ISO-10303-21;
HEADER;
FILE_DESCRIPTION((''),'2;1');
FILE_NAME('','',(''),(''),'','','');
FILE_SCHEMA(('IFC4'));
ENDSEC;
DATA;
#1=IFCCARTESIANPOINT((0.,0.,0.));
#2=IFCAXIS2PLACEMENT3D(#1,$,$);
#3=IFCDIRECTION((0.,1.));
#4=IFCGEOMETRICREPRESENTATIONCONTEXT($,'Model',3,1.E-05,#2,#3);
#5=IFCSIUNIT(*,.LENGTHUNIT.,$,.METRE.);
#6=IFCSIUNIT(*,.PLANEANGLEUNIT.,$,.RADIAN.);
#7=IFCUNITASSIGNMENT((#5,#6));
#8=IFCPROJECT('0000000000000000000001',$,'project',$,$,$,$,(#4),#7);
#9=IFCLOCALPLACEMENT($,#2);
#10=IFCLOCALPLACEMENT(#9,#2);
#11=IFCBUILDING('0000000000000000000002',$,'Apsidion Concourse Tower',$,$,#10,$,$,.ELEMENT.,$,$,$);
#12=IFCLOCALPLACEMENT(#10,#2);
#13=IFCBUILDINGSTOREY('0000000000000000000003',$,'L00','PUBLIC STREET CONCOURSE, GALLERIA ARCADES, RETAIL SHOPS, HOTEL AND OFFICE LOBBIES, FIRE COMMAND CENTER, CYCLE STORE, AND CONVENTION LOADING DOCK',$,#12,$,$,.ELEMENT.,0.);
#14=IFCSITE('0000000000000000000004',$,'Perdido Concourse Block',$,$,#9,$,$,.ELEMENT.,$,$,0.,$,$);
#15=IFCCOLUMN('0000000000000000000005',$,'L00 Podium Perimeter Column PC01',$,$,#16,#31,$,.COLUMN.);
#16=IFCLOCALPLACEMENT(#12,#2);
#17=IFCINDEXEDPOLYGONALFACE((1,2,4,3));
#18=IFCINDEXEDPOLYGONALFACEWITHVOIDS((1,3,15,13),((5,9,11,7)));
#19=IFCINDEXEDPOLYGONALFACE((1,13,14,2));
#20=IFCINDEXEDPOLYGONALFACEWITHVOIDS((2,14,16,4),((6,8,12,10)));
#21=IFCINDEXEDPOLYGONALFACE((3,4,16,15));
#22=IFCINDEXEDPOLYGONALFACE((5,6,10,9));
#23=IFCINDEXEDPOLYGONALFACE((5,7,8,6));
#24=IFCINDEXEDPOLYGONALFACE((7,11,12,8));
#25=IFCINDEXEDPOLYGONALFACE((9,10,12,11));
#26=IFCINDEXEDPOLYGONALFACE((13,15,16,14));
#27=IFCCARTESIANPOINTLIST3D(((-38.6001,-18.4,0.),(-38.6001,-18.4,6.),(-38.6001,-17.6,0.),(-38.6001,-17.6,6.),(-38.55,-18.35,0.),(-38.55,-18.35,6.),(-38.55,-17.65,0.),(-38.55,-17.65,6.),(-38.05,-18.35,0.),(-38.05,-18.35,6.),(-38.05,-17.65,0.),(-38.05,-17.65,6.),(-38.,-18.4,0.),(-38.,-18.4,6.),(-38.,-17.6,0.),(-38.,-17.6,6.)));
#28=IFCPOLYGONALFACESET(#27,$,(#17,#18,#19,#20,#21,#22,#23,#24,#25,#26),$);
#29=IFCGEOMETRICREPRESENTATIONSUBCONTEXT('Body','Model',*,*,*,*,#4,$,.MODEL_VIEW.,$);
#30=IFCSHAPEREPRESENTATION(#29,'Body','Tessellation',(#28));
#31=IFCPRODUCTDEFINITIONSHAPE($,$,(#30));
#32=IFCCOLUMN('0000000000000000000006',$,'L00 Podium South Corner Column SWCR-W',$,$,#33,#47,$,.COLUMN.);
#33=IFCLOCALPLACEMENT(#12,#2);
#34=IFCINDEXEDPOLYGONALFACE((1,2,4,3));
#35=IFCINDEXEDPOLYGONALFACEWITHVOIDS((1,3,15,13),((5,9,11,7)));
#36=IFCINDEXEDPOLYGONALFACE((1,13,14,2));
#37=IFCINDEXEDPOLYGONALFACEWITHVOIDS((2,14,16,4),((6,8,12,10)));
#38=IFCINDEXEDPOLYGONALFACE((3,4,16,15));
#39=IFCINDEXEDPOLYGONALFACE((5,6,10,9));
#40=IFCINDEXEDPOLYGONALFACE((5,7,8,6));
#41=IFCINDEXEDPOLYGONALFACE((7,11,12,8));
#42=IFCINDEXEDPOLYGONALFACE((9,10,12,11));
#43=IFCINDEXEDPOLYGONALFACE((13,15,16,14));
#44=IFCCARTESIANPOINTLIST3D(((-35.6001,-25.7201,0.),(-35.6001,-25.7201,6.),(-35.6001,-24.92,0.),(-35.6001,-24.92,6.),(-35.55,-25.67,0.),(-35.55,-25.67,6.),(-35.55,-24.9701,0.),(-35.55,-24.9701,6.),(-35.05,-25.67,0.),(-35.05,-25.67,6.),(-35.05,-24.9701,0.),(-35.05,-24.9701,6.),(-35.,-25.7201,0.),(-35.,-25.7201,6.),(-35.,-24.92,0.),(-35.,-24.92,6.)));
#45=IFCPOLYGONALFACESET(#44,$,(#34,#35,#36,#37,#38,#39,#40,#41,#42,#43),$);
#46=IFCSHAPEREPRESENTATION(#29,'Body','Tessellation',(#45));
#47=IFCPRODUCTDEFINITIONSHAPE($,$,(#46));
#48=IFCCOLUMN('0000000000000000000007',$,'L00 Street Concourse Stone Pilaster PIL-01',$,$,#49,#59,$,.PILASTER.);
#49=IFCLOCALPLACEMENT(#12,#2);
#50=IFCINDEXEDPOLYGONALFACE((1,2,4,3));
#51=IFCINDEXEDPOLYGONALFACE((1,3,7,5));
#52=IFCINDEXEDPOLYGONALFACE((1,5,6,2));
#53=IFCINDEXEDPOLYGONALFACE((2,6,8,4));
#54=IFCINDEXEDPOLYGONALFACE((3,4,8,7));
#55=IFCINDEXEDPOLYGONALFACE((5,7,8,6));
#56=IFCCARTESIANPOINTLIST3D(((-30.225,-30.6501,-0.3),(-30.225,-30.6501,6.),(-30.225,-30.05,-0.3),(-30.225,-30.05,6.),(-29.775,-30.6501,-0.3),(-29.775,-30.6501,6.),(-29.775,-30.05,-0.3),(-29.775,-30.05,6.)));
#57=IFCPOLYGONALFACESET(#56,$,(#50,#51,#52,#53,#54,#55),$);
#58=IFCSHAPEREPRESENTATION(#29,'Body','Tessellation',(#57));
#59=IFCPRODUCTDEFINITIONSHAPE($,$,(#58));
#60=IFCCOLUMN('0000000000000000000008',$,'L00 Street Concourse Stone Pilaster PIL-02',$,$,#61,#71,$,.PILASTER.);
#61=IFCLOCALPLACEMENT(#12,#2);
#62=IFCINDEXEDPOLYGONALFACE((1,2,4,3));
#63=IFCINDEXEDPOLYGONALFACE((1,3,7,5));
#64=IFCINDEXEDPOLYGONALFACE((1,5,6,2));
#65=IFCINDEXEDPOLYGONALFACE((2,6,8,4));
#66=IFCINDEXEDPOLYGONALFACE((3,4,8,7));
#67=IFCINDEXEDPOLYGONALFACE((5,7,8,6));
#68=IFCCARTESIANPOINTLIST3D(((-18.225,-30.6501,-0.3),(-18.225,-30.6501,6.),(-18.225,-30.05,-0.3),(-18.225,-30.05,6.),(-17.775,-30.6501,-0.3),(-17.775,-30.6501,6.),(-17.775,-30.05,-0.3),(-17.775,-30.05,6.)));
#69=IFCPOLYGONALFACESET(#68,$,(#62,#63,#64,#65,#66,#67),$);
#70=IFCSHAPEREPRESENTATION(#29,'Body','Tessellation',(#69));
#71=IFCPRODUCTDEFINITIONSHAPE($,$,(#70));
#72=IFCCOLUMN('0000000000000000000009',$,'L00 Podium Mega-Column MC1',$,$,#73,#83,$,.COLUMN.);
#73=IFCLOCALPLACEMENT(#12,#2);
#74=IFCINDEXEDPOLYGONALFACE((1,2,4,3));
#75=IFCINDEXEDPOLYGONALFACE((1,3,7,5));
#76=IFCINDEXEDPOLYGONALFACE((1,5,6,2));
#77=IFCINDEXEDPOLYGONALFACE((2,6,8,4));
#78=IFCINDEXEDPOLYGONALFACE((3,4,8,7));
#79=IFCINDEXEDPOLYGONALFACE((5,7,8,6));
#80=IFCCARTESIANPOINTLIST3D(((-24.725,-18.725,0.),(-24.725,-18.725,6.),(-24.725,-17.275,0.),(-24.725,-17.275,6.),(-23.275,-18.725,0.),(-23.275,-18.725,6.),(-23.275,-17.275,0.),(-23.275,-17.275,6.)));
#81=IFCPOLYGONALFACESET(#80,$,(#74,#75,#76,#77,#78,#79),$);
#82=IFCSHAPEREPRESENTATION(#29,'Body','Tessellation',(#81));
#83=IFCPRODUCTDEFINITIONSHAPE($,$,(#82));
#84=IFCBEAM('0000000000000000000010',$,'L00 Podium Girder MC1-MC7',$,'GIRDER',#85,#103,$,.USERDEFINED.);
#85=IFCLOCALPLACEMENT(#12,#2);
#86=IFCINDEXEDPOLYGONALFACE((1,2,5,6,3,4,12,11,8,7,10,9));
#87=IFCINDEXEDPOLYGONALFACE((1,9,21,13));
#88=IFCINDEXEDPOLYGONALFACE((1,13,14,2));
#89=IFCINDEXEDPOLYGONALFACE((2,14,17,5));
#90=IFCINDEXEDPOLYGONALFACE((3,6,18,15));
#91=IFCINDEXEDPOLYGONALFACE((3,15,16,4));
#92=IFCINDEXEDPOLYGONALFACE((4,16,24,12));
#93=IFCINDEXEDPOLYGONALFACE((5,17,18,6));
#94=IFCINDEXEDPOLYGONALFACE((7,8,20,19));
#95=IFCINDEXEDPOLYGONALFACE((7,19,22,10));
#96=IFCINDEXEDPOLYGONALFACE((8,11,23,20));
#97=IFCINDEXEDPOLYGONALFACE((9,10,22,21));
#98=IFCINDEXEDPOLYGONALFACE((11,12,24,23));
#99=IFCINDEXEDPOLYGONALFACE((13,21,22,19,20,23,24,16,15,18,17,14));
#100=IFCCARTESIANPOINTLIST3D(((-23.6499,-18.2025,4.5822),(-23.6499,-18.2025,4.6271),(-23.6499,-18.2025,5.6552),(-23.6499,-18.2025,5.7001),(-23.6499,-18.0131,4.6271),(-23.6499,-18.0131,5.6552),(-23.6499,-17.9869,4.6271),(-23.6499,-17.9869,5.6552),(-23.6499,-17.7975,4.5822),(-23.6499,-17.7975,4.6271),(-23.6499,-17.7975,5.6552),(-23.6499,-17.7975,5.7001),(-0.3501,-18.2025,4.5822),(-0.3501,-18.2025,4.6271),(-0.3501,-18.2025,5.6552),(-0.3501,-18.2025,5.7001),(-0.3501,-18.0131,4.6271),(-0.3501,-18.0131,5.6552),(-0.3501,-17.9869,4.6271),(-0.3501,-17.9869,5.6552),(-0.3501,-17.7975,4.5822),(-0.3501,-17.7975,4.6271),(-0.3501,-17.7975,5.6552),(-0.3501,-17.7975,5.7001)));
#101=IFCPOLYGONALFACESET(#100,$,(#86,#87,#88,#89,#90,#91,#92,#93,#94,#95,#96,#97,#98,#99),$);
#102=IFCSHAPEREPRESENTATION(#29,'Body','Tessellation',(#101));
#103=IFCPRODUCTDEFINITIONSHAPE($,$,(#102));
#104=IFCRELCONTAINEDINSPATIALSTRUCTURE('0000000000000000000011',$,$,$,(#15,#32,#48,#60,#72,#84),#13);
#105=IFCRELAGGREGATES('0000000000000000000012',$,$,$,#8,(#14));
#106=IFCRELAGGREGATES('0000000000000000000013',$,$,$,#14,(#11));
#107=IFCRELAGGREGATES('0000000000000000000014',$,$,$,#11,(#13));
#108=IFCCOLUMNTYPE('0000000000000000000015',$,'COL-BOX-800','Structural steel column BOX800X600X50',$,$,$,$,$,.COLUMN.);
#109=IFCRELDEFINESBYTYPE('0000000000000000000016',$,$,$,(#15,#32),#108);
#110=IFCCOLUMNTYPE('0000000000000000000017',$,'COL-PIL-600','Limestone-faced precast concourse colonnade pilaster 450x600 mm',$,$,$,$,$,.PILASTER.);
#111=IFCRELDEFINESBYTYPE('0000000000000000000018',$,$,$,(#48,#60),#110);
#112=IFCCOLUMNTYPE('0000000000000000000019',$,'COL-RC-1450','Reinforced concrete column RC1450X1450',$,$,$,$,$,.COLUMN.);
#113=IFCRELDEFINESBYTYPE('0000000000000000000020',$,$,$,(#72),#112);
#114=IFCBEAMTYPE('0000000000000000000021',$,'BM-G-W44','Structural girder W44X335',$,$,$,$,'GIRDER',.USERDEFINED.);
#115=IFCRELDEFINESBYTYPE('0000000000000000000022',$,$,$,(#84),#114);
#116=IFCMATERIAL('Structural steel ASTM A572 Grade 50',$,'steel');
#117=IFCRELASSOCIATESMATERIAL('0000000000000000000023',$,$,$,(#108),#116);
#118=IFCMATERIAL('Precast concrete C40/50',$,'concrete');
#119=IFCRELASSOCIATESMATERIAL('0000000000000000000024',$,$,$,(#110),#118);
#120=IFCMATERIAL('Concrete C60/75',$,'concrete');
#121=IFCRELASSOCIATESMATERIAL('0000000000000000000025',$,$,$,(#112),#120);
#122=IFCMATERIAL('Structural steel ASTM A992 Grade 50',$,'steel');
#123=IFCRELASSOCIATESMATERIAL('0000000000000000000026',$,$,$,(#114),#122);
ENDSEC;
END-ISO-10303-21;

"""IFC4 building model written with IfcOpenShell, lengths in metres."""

from ifc_helpers import new_model, si_unit, direction, frame, origin, origin_2d, place, context, subcontext, project, spatial, rectangle, hollow_rectangle, i_section, extrude, material, material_profile, profile_set, type_object, element, save


model = new_model("IFC4")

# Units and contexts
model_context = context("Model", 3, precision=1e-05, world=origin(), true_north=direction((0.0, 1.0)))
body_context = subcontext(model_context, "Body", "Model", "MODEL_VIEW")
ifc_project = project(units=[si_unit("LENGTHUNIT", "METRE"), si_unit("PLANEANGLEUNIT", "RADIAN")], contexts=[model_context])

# Site, building, storey
site_placement = place(None, origin())
site = spatial("IfcSite", under=ifc_project, at=site_placement, Name="Perdido Concourse Block", CompositionType="ELEMENT", RefElevation=0.0)
building_placement = place(site_placement, origin())
building = spatial("IfcBuilding", under=site, at=building_placement, Name="Apsidion Concourse Tower", CompositionType="ELEMENT")
storey_placement = place(building_placement, origin())
storey = spatial("IfcBuildingStorey", under=building, at=storey_placement, Name="L00", Description="PUBLIC STREET CONCOURSE, GALLERIA ARCADES, RETAIL SHOPS, HOTEL AND OFFICE LOBBIES, FIRE COMMAND CENTER, CYCLE STORE, AND CONVENTION LOADING DOCK", CompositionType="ELEMENT", Elevation=0.0)

# Columns
ifc_material_1 = material(Name="Structural steel ASTM A572 Grade 50", Category="steel")
ifc_material_profile_1 = material_profile(ifc_material_1, hollow_rectangle(XDim=0.6001, YDim=0.8, WallThickness=0.05, at=origin_2d()), Name="BOX800X600X50")
ifc_profile_set_1 = profile_set([ifc_material_profile_1], Name="Structural steel ASTM A572 Grade 50")
column_type_1 = type_object("IfcColumnType", Name="COL-BOX-800", Description="Structural steel column BOX800X600X50", PredefinedType="COLUMN", material=ifc_profile_set_1)
for number, where, z_axis, x_axis, name in (
    (1, (-38.3, -18.0, 0.0), (0.0, 0.0, 1.0), (1.0, 0.0, 0.0), "L00 Podium Perimeter Column PC01"),
    (2, (-35.3, -25.3201, 0.0), (0.0, 0.0, 1.0), (1.0, 0.0, 0.0), "L00 Podium South Corner Column SWCR-W"),
):
    element("IfcColumn", number, at=place(storey_placement, frame(where, z_axis=z_axis, x_axis=x_axis)), inside=storey, type_object=column_type_1, Name=name, PredefinedType="COLUMN", context=body_context, shape_type="SweptSolid", body=[
        extrude(hollow_rectangle(XDim=0.6001, YDim=0.8, WallThickness=0.05, at=origin_2d()), origin(), (0.0, 0.0, 1.0), 6.0),
    ])
ifc_material_2 = material(Name="Precast concrete C40/50", Category="concrete")
ifc_material_profile_2 = material_profile(ifc_material_2, rectangle(XDim=0.45, YDim=0.6001, at=origin_2d()), Name="RC 600x450")
ifc_profile_set_2 = profile_set([ifc_material_profile_2], Name="Precast concrete C40/50")
column_type_2 = type_object("IfcColumnType", Name="COL-PIL-600", Description="Limestone-faced precast concourse colonnade pilaster 450x600 mm", PredefinedType="PILASTER", material=ifc_profile_set_2)
for number, where, z_axis, x_axis, name in (
    (3, (-30.0, -30.3501, -0.3), (0.0, 0.0, 1.0), (1.0, 0.0, 0.0), "L00 Street Concourse Stone Pilaster PIL-01"),
    (4, (-18.0, -30.3501, -0.3), (0.0, 0.0, 1.0), (1.0, 0.0, 0.0), "L00 Street Concourse Stone Pilaster PIL-02"),
):
    element("IfcColumn", number, at=place(storey_placement, frame(where, z_axis=z_axis, x_axis=x_axis)), inside=storey, type_object=column_type_2, Name=name, PredefinedType="PILASTER", context=body_context, shape_type="SweptSolid", body=[
        extrude(rectangle(XDim=0.45, YDim=0.6001, at=origin_2d()), origin(), (0.0, 0.0, 1.0), 6.3),
    ])
ifc_material_3 = material(Name="Concrete C60/75", Category="concrete")
ifc_material_profile_3 = material_profile(ifc_material_3, rectangle(XDim=1.45, YDim=1.45, at=origin_2d()), Name="RC 1450x1450")
ifc_profile_set_3 = profile_set([ifc_material_profile_3], Name="Concrete C60/75")
column_type_3 = type_object("IfcColumnType", Name="COL-RC-1450", Description="Reinforced concrete column RC1450X1450", PredefinedType="COLUMN", material=ifc_profile_set_3)
column_placement = place(storey_placement, frame((-24.0, -18.0, 0.0), z_axis=(0.0, 0.0, 1.0), x_axis=(1.0, 0.0, 0.0)))
element("IfcColumn", 5, at=column_placement, inside=storey, type_object=column_type_3, Name="L00 Podium Mega-Column MC1", PredefinedType="COLUMN", context=body_context, shape_type="SweptSolid", body=[
    extrude(rectangle(XDim=1.45, YDim=1.45, at=origin_2d()), origin(), (0.0, 0.0, 1.0), 6.0),
])

# Beam
ifc_material_4 = material(Name="Structural steel ASTM A992 Grade 50", Category="steel")
ifc_material_profile_4 = material_profile(ifc_material_4, i_section(OverallWidth=0.405, OverallDepth=1.1179, WebThickness=0.0261, FlangeThickness=0.0449, at=origin_2d()), Name="W44X335")
ifc_profile_set_4 = profile_set([ifc_material_profile_4], Name="Structural steel ASTM A992 Grade 50")
beam_type = type_object("IfcBeamType", Name="BM-G-W44", Description="Structural girder W44X335", ElementType="GIRDER", PredefinedType="USERDEFINED", material=ifc_profile_set_4)
beam_placement = place(storey_placement, frame((-23.6499, -18.0, 5.1411), z_axis=(1.0, 0.0, 0.0), x_axis=(0.0, 1.0, 0.0)))
element("IfcBeam", 6, at=beam_placement, inside=storey, type_object=beam_type, Name="L00 Podium Girder MC1-MC7", ObjectType="GIRDER", PredefinedType="USERDEFINED", context=body_context, shape_type="SweptSolid", body=[
    extrude(i_section(OverallWidth=0.405, OverallDepth=1.1179, WebThickness=0.0261, FlangeThickness=0.0449, at=origin_2d()), origin(), (0.0, 0.0, 1.0), 23.2998),
])

save(model, "model.ifc")
